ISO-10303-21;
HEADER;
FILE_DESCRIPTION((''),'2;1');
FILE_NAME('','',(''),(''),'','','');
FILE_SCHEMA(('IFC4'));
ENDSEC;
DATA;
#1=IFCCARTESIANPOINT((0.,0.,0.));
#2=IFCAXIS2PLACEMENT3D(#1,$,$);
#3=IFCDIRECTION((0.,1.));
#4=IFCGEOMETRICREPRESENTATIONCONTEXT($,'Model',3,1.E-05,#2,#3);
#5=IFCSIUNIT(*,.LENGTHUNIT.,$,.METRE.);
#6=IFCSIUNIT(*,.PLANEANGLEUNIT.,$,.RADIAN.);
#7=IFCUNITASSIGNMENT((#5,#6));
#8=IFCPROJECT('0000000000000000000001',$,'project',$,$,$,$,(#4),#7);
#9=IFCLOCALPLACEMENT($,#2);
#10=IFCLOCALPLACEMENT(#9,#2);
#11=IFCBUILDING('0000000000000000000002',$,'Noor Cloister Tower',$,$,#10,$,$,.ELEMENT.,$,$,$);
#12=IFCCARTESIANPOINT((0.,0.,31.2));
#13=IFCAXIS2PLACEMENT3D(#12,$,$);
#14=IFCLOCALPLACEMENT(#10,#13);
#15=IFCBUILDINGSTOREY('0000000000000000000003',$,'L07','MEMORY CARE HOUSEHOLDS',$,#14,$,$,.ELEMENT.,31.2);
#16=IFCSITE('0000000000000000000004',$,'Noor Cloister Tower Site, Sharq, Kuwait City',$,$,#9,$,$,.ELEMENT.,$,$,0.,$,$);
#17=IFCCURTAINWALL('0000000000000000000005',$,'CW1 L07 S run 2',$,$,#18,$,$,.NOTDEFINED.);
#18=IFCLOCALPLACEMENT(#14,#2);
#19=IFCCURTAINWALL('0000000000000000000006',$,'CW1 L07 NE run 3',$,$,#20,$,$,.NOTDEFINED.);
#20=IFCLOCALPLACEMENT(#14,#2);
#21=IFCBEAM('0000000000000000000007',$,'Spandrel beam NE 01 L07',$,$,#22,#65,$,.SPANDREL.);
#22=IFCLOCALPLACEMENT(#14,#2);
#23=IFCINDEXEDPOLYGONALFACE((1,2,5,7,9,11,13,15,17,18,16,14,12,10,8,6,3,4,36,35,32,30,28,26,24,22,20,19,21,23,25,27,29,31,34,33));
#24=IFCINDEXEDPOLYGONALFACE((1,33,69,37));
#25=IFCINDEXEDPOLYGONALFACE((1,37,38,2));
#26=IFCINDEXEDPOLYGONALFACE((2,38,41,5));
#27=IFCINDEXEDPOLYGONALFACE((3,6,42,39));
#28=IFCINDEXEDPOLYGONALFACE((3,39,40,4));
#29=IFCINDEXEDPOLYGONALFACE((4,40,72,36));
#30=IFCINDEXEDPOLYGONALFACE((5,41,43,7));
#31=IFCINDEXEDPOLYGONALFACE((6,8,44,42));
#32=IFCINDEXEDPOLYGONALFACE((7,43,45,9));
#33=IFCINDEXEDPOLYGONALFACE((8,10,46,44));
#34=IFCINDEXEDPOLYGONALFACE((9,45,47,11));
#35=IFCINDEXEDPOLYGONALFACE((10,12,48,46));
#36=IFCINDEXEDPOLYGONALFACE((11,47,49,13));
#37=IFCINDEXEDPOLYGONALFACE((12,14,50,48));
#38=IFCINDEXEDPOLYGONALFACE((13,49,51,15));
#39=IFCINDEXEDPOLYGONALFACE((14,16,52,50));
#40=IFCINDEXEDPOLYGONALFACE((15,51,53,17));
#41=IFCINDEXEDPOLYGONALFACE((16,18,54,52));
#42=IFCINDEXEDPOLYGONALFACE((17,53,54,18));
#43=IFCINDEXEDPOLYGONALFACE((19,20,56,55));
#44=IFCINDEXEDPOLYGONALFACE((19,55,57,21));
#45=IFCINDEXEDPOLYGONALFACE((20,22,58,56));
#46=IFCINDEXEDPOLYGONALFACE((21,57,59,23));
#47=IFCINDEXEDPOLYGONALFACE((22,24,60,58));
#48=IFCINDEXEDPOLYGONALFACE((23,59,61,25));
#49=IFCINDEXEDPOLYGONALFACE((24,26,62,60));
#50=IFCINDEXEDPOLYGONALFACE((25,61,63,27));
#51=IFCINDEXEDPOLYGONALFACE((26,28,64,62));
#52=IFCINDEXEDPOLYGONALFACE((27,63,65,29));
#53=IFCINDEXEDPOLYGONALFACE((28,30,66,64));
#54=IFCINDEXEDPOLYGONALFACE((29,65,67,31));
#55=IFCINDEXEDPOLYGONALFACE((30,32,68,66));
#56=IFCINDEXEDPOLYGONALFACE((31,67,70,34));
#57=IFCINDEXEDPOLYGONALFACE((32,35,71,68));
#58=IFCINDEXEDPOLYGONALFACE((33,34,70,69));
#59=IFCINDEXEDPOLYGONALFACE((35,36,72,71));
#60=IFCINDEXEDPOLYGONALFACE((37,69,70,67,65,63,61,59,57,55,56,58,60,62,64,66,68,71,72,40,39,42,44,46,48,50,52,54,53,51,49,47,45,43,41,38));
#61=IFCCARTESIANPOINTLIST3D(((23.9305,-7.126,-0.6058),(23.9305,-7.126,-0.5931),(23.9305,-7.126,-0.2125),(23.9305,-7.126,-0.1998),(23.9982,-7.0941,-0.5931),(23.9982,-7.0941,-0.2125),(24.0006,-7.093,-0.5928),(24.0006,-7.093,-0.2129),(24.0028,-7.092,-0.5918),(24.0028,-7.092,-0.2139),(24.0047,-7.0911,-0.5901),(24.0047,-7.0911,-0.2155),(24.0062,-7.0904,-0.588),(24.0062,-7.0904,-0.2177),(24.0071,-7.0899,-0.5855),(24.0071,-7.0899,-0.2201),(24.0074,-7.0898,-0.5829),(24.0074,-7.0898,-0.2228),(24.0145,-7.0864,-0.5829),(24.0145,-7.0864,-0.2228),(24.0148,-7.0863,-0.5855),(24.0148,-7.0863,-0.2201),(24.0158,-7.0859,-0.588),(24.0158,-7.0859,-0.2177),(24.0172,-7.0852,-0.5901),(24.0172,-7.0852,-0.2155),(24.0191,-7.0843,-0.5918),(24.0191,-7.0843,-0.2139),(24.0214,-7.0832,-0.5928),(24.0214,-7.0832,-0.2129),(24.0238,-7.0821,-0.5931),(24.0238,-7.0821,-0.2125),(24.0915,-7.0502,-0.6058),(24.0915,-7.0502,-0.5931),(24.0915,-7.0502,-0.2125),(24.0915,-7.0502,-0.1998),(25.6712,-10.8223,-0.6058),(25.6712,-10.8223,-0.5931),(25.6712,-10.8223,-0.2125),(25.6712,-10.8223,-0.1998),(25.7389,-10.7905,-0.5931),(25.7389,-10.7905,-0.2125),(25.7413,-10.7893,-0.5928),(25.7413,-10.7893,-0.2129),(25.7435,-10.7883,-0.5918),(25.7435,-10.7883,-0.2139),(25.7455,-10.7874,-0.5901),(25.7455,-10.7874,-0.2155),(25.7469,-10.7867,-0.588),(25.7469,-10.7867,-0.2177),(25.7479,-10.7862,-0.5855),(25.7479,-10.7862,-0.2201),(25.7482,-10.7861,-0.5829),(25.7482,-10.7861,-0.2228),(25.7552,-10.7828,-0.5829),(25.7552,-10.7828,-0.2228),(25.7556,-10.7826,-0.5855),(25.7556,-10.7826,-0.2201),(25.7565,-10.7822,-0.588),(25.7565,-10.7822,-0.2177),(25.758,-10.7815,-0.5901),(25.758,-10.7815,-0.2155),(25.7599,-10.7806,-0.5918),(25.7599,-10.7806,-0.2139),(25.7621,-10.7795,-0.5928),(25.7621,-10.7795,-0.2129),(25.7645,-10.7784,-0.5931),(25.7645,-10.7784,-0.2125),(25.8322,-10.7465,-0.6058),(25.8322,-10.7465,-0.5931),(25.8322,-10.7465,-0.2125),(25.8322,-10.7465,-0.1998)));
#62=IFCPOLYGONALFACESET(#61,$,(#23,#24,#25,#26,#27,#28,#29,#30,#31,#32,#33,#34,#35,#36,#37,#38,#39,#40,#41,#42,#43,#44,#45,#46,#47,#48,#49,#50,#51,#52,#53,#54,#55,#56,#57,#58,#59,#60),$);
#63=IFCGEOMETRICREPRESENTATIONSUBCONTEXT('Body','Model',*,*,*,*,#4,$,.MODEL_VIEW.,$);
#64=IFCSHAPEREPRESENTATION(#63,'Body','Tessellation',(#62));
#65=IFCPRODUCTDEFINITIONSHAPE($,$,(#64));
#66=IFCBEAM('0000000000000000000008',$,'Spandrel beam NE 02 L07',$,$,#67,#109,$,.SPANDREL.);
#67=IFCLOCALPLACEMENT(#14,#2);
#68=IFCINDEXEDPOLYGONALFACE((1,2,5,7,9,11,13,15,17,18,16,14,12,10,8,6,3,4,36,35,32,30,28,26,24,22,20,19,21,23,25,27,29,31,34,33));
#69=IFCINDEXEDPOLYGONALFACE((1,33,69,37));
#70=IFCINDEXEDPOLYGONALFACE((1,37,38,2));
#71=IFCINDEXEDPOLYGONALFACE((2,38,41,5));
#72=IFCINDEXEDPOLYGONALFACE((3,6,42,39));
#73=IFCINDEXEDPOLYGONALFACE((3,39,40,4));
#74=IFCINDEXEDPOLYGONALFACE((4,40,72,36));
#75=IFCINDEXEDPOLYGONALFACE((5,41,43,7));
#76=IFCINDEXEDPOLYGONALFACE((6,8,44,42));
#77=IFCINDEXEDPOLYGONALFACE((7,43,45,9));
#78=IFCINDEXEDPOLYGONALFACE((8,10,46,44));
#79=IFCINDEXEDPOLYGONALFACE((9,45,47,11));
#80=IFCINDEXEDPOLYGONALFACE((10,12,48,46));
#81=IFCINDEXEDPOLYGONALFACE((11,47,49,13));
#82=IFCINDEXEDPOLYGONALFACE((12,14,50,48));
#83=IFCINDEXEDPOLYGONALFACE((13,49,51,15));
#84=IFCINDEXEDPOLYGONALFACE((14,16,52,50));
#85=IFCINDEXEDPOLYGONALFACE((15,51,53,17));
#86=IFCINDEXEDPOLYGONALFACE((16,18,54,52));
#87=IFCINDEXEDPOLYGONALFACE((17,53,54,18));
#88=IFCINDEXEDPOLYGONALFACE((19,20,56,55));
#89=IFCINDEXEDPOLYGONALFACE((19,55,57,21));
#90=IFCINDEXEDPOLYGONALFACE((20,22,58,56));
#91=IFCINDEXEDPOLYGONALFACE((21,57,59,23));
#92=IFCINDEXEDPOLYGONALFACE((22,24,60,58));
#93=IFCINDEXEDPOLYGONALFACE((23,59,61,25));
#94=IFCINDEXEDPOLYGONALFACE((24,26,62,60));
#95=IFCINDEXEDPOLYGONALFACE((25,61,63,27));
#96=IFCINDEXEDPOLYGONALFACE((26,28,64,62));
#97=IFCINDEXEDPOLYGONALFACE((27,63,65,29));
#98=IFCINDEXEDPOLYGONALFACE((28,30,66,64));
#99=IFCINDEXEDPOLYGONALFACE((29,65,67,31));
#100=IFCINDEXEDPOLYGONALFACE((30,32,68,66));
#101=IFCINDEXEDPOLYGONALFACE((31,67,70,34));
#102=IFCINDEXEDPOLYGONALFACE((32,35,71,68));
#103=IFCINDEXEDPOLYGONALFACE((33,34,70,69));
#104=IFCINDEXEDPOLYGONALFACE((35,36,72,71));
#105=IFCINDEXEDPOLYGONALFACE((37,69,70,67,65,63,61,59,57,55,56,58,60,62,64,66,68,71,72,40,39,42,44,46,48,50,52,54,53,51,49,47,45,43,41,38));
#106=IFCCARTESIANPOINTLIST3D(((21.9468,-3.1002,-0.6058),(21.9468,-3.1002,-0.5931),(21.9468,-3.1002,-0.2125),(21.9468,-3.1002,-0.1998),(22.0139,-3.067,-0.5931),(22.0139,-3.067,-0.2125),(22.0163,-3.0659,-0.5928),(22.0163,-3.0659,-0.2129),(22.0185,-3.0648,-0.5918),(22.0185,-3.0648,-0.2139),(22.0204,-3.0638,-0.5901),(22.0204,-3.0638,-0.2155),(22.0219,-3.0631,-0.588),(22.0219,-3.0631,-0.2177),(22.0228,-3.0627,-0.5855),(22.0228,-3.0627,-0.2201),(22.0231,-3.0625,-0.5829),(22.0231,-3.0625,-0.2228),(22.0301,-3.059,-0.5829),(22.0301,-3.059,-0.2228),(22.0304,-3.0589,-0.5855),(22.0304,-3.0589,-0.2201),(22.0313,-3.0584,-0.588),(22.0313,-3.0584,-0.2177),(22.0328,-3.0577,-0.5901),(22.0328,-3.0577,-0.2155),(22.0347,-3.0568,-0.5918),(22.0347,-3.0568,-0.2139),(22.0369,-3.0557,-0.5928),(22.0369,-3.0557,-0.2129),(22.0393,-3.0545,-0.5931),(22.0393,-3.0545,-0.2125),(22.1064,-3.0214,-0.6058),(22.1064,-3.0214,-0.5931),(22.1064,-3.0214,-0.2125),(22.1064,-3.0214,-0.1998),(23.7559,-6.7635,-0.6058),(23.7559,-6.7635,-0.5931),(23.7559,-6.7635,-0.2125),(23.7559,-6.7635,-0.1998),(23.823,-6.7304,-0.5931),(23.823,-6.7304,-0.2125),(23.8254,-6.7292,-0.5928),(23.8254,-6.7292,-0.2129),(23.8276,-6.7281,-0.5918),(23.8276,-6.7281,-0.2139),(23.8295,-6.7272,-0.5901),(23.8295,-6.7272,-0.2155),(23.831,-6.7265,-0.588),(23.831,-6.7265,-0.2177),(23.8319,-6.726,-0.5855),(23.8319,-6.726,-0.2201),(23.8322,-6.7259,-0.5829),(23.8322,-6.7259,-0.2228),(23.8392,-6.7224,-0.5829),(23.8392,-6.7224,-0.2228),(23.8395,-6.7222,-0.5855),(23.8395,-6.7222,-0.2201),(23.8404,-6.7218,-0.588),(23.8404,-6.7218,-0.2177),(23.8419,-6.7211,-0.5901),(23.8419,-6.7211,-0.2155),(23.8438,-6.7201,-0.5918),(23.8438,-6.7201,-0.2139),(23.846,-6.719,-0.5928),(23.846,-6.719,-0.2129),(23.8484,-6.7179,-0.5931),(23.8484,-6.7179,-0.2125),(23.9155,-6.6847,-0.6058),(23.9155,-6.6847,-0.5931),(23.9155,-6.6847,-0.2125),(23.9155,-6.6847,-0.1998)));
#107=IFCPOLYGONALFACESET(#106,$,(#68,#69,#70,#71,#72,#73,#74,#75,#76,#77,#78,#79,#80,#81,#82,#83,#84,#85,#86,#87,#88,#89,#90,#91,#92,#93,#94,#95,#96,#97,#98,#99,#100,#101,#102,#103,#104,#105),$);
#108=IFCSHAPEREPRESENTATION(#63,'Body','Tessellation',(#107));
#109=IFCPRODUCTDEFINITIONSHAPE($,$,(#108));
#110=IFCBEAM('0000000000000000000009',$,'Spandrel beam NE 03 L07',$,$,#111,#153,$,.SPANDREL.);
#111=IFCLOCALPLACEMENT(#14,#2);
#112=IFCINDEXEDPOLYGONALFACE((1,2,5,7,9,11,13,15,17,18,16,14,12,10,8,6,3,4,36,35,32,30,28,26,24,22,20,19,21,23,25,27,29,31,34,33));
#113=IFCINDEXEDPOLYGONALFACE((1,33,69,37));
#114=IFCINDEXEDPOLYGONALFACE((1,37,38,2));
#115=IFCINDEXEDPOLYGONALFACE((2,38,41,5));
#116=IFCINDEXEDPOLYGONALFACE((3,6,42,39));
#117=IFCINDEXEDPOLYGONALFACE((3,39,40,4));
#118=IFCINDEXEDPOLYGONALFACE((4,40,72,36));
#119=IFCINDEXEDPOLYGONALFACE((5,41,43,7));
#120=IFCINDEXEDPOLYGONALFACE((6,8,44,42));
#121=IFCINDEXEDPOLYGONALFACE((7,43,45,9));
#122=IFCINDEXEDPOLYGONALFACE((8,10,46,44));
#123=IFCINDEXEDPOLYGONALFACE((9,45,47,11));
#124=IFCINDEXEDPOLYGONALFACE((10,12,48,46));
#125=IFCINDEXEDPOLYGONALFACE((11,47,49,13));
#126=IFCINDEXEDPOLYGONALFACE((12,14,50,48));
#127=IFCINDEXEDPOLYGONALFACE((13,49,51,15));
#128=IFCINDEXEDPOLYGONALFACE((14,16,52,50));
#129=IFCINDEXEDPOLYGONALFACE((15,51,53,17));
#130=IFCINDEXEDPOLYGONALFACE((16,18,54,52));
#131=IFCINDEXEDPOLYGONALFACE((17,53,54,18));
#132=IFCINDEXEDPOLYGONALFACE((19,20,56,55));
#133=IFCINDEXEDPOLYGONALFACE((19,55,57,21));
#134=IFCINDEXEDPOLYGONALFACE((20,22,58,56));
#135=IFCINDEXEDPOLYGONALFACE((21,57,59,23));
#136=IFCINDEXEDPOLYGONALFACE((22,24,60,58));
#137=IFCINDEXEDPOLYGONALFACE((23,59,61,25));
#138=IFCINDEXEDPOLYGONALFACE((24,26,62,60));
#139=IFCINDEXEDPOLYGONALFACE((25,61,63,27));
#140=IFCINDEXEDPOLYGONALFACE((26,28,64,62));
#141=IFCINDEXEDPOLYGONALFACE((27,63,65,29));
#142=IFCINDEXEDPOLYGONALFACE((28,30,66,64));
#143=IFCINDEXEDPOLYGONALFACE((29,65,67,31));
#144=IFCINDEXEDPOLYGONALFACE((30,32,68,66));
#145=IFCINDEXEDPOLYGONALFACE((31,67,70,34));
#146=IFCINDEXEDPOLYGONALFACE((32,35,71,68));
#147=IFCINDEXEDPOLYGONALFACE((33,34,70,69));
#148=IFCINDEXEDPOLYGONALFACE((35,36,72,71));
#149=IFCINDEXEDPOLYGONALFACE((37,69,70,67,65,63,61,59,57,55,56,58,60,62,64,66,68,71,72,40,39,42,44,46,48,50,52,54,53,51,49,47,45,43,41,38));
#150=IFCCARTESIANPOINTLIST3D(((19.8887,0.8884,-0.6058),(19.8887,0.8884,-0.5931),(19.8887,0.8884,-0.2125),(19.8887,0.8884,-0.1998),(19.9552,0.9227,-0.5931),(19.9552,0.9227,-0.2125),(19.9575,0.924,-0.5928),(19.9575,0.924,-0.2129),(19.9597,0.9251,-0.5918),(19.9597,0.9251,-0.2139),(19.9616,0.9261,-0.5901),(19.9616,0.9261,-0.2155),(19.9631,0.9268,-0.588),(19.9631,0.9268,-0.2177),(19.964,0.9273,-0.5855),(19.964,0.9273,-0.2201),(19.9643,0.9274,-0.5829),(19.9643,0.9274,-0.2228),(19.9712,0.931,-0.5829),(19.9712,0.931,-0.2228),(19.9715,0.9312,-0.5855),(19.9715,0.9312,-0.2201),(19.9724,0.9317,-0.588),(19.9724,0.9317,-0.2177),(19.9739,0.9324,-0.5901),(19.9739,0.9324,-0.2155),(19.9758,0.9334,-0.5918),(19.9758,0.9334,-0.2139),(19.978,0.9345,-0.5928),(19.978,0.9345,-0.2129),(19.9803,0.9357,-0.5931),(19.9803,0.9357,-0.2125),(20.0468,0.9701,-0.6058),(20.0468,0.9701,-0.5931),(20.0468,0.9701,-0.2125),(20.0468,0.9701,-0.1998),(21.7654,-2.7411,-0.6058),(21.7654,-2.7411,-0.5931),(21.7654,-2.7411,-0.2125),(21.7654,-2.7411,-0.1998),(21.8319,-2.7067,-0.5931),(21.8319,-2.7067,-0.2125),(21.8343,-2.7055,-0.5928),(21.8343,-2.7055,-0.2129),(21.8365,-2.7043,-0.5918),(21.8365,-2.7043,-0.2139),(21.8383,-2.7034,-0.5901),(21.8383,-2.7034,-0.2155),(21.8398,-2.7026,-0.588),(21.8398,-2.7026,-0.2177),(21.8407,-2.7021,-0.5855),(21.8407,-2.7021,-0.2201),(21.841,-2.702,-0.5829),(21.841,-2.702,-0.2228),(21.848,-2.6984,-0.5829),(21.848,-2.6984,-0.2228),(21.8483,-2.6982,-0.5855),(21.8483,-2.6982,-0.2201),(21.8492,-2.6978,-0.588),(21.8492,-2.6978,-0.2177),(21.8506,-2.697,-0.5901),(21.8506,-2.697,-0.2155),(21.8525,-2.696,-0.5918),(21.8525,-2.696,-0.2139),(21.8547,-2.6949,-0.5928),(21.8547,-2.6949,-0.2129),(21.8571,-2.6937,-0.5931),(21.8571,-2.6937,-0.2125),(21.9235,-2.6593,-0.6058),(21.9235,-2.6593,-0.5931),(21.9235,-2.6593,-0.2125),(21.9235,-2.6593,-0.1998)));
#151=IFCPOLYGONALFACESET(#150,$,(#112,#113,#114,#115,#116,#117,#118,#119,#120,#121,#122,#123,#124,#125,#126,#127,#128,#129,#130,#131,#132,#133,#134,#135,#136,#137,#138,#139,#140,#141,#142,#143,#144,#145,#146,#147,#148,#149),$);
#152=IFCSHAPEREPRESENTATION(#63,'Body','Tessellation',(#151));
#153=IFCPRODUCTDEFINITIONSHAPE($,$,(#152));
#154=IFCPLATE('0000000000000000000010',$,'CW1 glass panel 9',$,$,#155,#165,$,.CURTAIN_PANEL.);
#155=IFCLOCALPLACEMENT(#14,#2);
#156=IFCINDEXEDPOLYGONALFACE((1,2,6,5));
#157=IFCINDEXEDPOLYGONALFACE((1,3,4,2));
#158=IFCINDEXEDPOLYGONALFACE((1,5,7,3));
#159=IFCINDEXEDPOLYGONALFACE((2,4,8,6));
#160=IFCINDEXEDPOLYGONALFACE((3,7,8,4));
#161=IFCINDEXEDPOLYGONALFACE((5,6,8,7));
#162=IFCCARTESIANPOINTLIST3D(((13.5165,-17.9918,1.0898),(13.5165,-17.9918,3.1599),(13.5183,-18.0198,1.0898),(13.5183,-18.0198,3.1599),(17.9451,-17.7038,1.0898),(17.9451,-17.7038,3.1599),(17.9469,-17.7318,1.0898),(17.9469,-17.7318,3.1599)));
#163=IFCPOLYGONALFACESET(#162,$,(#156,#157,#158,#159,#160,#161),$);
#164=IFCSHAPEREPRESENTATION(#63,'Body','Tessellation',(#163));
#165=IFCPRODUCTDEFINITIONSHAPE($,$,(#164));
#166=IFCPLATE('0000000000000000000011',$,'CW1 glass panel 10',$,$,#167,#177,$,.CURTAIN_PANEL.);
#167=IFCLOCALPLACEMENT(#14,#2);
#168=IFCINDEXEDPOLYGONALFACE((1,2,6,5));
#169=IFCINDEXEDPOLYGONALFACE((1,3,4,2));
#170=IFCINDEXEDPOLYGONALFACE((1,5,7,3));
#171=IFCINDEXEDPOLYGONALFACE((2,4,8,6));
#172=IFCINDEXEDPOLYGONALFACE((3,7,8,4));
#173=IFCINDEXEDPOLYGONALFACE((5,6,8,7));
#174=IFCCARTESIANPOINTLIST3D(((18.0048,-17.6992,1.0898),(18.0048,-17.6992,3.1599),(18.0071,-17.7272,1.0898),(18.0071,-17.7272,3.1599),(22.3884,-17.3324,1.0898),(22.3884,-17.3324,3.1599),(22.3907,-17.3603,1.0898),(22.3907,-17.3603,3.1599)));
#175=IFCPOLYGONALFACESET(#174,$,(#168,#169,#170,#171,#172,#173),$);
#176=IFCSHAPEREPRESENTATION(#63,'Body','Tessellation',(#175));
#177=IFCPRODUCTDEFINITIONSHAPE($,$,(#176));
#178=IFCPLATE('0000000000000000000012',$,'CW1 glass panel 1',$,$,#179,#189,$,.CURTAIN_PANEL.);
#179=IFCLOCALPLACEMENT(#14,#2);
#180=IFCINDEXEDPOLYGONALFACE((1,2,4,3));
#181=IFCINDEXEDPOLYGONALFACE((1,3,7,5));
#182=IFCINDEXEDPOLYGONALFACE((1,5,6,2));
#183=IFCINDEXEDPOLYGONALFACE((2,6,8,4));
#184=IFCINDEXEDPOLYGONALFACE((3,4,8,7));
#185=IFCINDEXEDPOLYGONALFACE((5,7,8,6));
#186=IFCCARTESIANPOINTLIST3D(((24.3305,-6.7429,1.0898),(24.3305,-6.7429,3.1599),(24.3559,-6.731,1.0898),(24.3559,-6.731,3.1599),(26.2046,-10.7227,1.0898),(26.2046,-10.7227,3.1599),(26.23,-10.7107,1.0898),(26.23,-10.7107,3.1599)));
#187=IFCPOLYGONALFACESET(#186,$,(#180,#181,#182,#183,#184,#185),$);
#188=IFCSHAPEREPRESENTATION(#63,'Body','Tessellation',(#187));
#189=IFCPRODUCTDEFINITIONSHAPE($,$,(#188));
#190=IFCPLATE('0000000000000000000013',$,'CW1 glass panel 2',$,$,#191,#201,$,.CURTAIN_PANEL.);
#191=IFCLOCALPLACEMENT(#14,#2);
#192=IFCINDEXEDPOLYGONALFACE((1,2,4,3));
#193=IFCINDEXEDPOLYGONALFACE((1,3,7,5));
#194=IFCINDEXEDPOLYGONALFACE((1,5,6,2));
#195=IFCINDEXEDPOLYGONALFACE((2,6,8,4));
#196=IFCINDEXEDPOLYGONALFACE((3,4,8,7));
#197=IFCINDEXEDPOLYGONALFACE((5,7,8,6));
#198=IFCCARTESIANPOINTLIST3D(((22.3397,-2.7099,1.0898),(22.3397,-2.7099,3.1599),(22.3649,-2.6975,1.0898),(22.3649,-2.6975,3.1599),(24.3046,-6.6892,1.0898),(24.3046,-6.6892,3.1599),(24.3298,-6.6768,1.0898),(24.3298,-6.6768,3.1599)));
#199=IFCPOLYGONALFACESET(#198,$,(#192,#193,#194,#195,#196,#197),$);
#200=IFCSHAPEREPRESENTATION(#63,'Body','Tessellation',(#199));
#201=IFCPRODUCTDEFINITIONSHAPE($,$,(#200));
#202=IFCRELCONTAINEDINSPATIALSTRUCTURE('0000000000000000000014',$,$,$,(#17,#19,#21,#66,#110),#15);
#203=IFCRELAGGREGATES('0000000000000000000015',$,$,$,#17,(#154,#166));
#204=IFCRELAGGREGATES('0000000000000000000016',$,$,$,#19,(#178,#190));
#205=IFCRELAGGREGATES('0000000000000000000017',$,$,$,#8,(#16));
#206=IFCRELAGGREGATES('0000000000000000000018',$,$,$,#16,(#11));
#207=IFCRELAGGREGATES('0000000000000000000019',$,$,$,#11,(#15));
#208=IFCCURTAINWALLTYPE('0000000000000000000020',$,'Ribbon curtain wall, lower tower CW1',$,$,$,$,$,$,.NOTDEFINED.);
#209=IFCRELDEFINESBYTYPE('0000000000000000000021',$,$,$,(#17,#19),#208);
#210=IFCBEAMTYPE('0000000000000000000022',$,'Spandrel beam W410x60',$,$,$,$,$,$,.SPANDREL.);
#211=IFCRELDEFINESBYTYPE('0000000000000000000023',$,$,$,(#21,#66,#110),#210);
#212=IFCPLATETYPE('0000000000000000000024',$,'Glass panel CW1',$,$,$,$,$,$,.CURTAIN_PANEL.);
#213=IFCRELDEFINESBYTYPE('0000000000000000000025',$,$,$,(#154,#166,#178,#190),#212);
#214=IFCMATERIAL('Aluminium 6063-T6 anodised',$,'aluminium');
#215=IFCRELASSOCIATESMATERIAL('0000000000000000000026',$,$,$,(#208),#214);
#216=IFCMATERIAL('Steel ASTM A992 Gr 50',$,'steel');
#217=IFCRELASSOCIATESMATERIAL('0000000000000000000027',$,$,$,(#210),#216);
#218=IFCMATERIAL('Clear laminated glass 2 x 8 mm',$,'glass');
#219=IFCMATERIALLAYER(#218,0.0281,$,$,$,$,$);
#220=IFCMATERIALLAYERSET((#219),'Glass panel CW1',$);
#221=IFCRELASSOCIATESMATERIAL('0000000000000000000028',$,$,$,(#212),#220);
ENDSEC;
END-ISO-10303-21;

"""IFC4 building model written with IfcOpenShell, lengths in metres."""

from ifc_helpers import new_model, si_unit, direction, frame, origin, origin_2d, place, context, subcontext, project, spatial, rectangle, i_section, extrude, material, layer, layer_set, material_profile, profile_set, type_object, element, aggregate, save


model = new_model("IFC4")

# Units and contexts
model_context = context("Model", 3, precision=1e-05, world=origin(), true_north=direction((0.0, 1.0)))
body_context = subcontext(model_context, "Body", "Model", "MODEL_VIEW")
ifc_project = project(units=[si_unit("LENGTHUNIT", "METRE"), si_unit("PLANEANGLEUNIT", "RADIAN")], contexts=[model_context])

# Site, building, storey
site_placement = place(None, origin())
site = spatial("IfcSite", under=ifc_project, at=site_placement, Name="Noor Cloister Tower Site, Sharq, Kuwait City", CompositionType="ELEMENT", RefElevation=0.0)
building_placement = place(site_placement, origin())
building = spatial("IfcBuilding", under=site, at=building_placement, Name="Noor Cloister Tower", CompositionType="ELEMENT")
storey_placement = place(building_placement, frame((0.0, 0.0, 31.2)))
storey = spatial("IfcBuildingStorey", under=building, at=storey_placement, Name="L07", Description="MEMORY CARE HOUSEHOLDS", CompositionType="ELEMENT", Elevation=31.2)

# Curtain walls
ifc_material_1 = material(Name="Aluminium 6063-T6 anodised", Category="aluminium")
curtain_wall_type = type_object("IfcCurtainWallType", Name="Ribbon curtain wall, lower tower CW1", PredefinedType="NOTDEFINED", material=ifc_material_1)
curtain_wall_1_placement = place(storey_placement, origin())
curtain_wall_1 = element("IfcCurtainWall", 1, at=curtain_wall_1_placement, inside=storey, type_object=curtain_wall_type, Name="CW1 L07 S run 2", PredefinedType="NOTDEFINED")
curtain_wall_2_placement = place(storey_placement, origin())
curtain_wall_2 = element("IfcCurtainWall", 2, at=curtain_wall_2_placement, inside=storey, type_object=curtain_wall_type, Name="CW1 L07 NE run 3", PredefinedType="NOTDEFINED")

# Beams
ifc_material_2 = material(Name="Steel ASTM A992 Gr 50", Category="steel")
ifc_material_profile_1 = material_profile(ifc_material_2, i_section(OverallWidth=0.178, OverallDepth=0.406, WebThickness=0.0078, FlangeThickness=0.0127, FilletRadius=0.0103, at=origin_2d()), Name="W410x60")
ifc_profile_set_1 = profile_set([ifc_material_profile_1], Name="Steel ASTM A992 Gr 50")
beam_type_1 = type_object("IfcBeamType", Name="Spandrel beam W410x60", PredefinedType="SPANDREL", material=ifc_profile_set_1)
for number, where, z_axis, x_axis, name in (
    (3, (25.7517, -10.7844, -0.4028), (-0.426056, 0.904697, 0.0), (-0.904697, -0.426056, 0.0), "Spandrel beam NE 01 L07"),
    (4, (23.8357, -6.7241, -0.4028), (-0.442786, 0.896627, 0.0), (-0.896627, -0.442786, 0.0), "Spandrel beam NE 02 L07"),
):
    element("IfcBeam", number, at=place(storey_placement, frame(where, z_axis=z_axis, x_axis=x_axis)), inside=storey, type_object=beam_type_1, Name=name, PredefinedType="SPANDREL", context=body_context, shape_type="SweptSolid", body=[
        extrude(i_section(OverallWidth=0.178, OverallDepth=0.406, WebThickness=0.0078, FlangeThickness=0.0127, FilletRadius=0.0103, at=origin_2d()), origin(), (0.0, 0.0, 1.0), 4.0857),
    ])
beam_1_placement = place(storey_placement, frame((21.8445, -2.7002, -0.4028), z_axis=(-0.459314, 0.888274, 0.0), x_axis=(-0.888274, -0.459314, 0.0)))
element("IfcBeam", 5, at=beam_1_placement, inside=storey, type_object=beam_type_1, Name="Spandrel beam NE 03 L07", PredefinedType="SPANDREL", context=body_context, shape_type="SweptSolid", body=[
    extrude(i_section(OverallWidth=0.178, OverallDepth=0.406, WebThickness=0.0078, FlangeThickness=0.0127, FilletRadius=0.0103, at=origin_2d()), origin(), (0.0, 0.0, 1.0), 4.0859),
])

# Plates
ifc_material_3 = material(Name="Clear laminated glass 2 x 8 mm", Category="glass")
ifc_layer_1 = layer(ifc_material_3, 0.0281)
ifc_layer_set_1 = layer_set([ifc_layer_1], Name="Glass panel CW1")
plate_type = type_object("IfcPlateType", Name="Glass panel CW1", PredefinedType="CURTAIN_PANEL", material=ifc_layer_set_1)
plate_1_placement = place(storey_placement, frame((15.7317, -17.8618, 1.0898), z_axis=(0.0, 0.0, 1.0), x_axis=(0.997892, 0.064893, 0.0)))
plate_1 = element("IfcPlate", 6, at=plate_1_placement, type_object=plate_type, Name="CW1 glass panel 9", PredefinedType="CURTAIN_PANEL", context=body_context, shape_type="SweptSolid", body=[
    extrude(rectangle(XDim=4.438, YDim=0.0281, at=origin_2d()), origin(), (0.0, 0.0, 1.0), 2.0701),
])
plate_2_placement = place(storey_placement, frame((20.1978, -17.5298, 1.0898), z_axis=(0.0, 0.0, 1.0), x_axis=(0.996517, 0.083396, 0.0)))
plate_2 = element("IfcPlate", 7, at=plate_2_placement, type_object=plate_type, Name="CW1 glass panel 10", PredefinedType="CURTAIN_PANEL", context=body_context, shape_type="SweptSolid", body=[
    extrude(rectangle(XDim=4.3989, YDim=0.0281, at=origin_2d()), origin(), (0.0, 0.0, 1.0), 2.0701),
])
aggregate(curtain_wall_1, [plate_1, plate_2])
plate_3_placement = place(storey_placement, frame((25.2803, -8.7268, 1.0898), z_axis=(0.0, 0.0, 1.0), x_axis=(-0.426036, 0.904706, 0.0)))
plate_3 = element("IfcPlate", 8, at=plate_3_placement, type_object=plate_type, Name="CW1 glass panel 1", PredefinedType="CURTAIN_PANEL", context=body_context, shape_type="SweptSolid", body=[
    extrude(rectangle(XDim=4.3989, YDim=0.0281, at=origin_2d()), origin(), (0.0, 0.0, 1.0), 2.0701),
])
plate_4_placement = place(storey_placement, frame((23.3347, -4.6934, 1.0898), z_axis=(0.0, 0.0, 1.0), x_axis=(-0.442747, 0.896647, 0.0)))
plate_4 = element("IfcPlate", 9, at=plate_4_placement, type_object=plate_type, Name="CW1 glass panel 2", PredefinedType="CURTAIN_PANEL", context=body_context, shape_type="SweptSolid", body=[
    extrude(rectangle(XDim=4.438, YDim=0.0281, at=origin_2d()), origin(), (0.0, 0.0, 1.0), 2.0701),
])
aggregate(curtain_wall_2, [plate_3, plate_4])

save(model, "model.ifc")
